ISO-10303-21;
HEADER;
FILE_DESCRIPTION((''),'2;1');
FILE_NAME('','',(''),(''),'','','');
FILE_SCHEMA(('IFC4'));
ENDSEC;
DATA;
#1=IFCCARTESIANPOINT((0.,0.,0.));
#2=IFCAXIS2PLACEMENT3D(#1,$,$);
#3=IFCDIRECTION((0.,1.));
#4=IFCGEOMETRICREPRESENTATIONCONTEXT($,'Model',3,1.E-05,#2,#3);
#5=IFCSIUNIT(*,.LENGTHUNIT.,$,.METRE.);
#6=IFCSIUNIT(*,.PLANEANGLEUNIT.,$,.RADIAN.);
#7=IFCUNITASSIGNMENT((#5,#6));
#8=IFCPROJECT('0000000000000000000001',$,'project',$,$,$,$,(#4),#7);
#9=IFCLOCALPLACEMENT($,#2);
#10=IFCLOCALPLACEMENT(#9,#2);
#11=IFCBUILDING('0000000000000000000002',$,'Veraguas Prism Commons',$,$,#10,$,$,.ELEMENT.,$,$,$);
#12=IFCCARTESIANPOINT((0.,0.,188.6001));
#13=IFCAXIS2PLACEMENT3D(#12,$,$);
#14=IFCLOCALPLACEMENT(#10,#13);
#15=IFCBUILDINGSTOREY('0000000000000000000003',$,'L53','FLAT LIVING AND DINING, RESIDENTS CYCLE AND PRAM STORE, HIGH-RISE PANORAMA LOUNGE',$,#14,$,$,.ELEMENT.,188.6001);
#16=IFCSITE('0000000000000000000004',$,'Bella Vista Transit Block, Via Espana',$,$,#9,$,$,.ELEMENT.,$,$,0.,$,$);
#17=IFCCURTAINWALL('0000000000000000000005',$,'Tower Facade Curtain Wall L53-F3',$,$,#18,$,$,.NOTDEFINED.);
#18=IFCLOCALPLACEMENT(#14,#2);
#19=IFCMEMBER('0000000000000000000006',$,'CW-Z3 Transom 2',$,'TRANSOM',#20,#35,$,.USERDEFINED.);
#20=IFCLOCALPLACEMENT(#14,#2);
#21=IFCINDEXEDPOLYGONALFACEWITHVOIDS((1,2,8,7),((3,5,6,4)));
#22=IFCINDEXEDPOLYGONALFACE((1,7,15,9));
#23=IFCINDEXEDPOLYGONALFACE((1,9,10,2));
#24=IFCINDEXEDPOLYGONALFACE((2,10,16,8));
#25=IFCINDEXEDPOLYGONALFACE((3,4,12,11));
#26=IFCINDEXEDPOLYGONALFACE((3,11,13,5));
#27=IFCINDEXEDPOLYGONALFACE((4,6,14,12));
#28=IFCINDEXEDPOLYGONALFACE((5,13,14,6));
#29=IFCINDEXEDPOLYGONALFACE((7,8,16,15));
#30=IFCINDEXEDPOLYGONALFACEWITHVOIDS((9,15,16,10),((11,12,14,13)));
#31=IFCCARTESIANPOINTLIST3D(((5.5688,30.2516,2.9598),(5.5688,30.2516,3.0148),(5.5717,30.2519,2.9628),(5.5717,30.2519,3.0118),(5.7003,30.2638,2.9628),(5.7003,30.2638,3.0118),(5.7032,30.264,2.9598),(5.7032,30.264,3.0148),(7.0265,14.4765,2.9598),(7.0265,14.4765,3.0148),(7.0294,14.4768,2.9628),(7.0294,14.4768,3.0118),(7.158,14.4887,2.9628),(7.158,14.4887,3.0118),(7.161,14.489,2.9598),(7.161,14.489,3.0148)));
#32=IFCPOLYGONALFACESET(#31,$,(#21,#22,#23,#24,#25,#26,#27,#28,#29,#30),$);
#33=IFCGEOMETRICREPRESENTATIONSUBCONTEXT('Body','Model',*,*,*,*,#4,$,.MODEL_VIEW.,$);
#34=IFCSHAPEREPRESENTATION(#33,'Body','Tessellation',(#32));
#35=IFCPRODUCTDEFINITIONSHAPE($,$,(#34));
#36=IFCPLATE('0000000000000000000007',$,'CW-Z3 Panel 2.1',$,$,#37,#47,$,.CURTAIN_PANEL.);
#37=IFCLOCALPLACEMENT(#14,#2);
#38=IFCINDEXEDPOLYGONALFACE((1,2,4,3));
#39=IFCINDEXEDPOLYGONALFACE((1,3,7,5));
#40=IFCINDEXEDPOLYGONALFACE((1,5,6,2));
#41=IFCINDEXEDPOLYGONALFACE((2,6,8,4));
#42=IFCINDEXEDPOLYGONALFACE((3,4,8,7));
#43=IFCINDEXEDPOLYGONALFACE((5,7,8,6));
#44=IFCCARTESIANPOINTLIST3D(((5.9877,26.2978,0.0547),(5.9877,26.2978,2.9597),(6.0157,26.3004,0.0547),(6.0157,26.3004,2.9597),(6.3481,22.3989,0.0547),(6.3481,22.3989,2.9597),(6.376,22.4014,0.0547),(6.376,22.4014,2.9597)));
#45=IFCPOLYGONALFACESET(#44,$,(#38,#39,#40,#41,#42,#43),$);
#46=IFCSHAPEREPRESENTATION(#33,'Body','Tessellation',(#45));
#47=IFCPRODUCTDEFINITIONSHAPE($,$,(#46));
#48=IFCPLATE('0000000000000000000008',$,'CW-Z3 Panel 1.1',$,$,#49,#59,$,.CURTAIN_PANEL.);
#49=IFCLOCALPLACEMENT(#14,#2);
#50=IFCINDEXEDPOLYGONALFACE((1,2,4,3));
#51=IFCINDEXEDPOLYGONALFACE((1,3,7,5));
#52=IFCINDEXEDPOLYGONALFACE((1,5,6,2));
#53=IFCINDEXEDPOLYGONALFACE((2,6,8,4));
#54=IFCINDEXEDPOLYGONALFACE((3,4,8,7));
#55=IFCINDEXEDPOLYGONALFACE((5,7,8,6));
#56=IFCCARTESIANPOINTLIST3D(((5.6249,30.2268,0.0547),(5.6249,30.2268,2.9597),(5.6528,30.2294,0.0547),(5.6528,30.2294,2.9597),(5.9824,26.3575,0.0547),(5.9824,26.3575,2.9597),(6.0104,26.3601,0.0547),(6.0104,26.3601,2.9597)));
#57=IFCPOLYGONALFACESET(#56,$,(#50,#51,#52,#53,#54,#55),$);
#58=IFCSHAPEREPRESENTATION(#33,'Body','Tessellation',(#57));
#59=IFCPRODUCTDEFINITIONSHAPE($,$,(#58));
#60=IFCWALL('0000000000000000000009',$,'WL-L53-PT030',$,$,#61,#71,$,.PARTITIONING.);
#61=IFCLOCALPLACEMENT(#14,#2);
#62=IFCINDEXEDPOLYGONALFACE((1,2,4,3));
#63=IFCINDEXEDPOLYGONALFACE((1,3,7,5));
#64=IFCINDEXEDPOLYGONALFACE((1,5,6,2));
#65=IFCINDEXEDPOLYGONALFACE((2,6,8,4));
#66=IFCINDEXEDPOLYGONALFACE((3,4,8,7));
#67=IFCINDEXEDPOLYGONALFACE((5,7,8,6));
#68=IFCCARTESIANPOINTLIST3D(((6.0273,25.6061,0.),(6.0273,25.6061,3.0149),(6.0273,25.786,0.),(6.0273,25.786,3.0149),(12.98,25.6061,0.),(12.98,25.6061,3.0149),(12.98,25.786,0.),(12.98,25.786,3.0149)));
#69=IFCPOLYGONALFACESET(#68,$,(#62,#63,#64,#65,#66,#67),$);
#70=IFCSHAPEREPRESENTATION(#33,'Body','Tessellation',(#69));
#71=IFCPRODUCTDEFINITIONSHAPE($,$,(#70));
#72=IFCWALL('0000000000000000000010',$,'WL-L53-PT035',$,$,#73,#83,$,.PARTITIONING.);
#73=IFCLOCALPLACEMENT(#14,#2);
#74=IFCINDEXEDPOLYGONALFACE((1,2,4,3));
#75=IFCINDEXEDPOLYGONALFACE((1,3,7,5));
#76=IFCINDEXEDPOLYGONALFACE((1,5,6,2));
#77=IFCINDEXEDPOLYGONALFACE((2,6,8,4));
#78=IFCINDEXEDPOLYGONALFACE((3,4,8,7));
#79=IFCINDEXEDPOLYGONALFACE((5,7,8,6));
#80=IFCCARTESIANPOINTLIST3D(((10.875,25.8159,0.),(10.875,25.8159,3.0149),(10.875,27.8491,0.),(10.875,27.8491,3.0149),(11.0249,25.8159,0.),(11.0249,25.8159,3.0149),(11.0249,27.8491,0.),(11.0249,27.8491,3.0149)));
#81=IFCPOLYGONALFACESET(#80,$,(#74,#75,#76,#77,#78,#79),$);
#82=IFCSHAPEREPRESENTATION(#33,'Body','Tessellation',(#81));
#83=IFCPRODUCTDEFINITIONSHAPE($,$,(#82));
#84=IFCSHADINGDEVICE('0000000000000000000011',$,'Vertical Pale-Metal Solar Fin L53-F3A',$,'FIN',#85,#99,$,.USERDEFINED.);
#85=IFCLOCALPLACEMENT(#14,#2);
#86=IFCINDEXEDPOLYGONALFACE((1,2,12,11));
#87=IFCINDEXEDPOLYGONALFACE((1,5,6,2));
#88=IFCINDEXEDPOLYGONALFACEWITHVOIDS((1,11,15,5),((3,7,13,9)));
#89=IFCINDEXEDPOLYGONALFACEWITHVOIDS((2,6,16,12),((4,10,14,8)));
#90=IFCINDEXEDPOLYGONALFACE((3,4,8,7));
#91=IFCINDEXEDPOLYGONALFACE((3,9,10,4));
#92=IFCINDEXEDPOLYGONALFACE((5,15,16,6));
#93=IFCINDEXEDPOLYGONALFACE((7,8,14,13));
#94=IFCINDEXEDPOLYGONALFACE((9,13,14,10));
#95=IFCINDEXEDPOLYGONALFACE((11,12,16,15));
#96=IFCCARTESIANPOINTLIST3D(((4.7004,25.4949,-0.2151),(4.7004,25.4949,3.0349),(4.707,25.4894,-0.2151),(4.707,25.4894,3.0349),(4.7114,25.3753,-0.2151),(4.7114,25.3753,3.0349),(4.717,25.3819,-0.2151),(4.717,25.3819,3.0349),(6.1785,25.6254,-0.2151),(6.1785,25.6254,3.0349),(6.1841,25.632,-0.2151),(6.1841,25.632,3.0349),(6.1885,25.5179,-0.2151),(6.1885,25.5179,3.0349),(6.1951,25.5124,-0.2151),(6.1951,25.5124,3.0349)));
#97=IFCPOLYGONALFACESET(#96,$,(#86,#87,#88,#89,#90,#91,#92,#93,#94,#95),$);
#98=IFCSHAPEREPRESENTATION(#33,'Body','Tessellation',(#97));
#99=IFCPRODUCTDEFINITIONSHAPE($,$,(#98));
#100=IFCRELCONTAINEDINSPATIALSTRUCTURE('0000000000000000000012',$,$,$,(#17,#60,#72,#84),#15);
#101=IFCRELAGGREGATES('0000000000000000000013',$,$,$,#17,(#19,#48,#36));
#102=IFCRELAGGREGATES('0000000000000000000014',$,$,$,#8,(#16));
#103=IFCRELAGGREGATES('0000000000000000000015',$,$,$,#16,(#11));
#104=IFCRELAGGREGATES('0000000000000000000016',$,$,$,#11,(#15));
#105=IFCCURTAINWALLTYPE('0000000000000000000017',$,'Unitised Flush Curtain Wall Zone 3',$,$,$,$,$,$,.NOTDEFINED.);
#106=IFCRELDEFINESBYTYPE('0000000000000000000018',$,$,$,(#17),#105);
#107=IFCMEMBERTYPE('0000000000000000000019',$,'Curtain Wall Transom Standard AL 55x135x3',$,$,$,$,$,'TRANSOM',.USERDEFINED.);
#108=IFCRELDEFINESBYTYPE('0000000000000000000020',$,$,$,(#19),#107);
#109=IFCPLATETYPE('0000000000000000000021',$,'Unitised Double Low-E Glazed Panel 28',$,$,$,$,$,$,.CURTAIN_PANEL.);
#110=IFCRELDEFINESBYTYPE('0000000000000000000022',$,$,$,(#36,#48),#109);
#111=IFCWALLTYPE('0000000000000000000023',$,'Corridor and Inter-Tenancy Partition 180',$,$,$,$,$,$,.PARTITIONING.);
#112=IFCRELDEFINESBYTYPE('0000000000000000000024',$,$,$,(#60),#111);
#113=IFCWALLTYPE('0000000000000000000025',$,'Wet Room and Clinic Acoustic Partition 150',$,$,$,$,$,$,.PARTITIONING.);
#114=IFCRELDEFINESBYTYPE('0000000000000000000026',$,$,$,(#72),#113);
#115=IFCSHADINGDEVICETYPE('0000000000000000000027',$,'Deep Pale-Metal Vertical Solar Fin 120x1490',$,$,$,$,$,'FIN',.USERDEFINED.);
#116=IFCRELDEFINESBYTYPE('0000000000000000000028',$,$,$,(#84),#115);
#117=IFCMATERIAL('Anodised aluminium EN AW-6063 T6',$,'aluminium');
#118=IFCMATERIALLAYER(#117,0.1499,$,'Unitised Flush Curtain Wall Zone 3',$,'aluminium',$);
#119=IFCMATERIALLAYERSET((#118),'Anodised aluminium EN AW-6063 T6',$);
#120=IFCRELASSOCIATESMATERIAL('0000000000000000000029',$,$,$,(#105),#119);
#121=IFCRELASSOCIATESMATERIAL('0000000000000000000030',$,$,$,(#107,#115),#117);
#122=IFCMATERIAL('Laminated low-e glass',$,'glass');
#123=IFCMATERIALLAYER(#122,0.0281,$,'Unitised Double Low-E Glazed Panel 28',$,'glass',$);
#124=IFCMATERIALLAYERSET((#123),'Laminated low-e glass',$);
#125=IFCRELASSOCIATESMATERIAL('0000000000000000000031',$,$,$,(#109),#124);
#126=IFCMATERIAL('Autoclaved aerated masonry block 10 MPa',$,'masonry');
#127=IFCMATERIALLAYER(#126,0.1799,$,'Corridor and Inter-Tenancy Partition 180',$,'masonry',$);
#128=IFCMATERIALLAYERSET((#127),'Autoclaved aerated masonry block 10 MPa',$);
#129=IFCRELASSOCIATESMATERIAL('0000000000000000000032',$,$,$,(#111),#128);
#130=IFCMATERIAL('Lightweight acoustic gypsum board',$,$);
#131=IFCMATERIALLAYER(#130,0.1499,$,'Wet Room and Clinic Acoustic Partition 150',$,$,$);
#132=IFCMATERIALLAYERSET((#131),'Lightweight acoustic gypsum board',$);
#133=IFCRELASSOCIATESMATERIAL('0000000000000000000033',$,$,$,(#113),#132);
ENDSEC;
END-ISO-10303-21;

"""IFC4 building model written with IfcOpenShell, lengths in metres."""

from ifc_helpers import new_model, si_unit, direction, frame, frame_2d, origin, origin_2d, place, context, subcontext, project, spatial, rectangle, hollow_rectangle, extrude, source, transform, mapped, material, layer, layer_set, material_profile, profile_set, type_object, element, aggregate, save


model = new_model("IFC4")

# Units and contexts
model_context = context("Model", 3, precision=1e-05, world=origin(), true_north=direction((0.0, 1.0)))
body_context = subcontext(model_context, "Body", "Model", "MODEL_VIEW")
ifc_project = project(units=[si_unit("LENGTHUNIT", "METRE"), si_unit("PLANEANGLEUNIT", "RADIAN")], contexts=[model_context])

# Site, building, storey
site_placement = place(None, origin())
site = spatial("IfcSite", under=ifc_project, at=site_placement, Name="Bella Vista Transit Block, Via Espana", CompositionType="ELEMENT", RefElevation=0.0)
building_placement = place(site_placement, origin())
building = spatial("IfcBuilding", under=site, at=building_placement, Name="Veraguas Prism Commons", CompositionType="ELEMENT")
storey_placement = place(building_placement, frame((0.0, 0.0, 188.6001)))
storey = spatial("IfcBuildingStorey", under=building, at=storey_placement, Name="L53", Description="FLAT LIVING AND DINING, RESIDENTS CYCLE AND PRAM STORE, HIGH-RISE PANORAMA LOUNGE", CompositionType="ELEMENT", Elevation=188.6001)

# Curtain wall
ifc_material_1 = material(Name="Anodised aluminium EN AW-6063 T6", Category="aluminium")
ifc_layer_1 = layer(ifc_material_1, 0.1499, Name="Unitised Flush Curtain Wall Zone 3", Category="aluminium")
ifc_layer_set_1 = layer_set([ifc_layer_1], Name="Anodised aluminium EN AW-6063 T6")
curtain_wall_type = type_object("IfcCurtainWallType", Name="Unitised Flush Curtain Wall Zone 3", PredefinedType="NOTDEFINED", material=ifc_layer_set_1)
curtain_wall_1_placement = place(storey_placement, origin())
curtain_wall_1 = element("IfcCurtainWall", 1, at=curtain_wall_1_placement, inside=storey, type_object=curtain_wall_type, Name="Tower Facade Curtain Wall L53-F3", PredefinedType="NOTDEFINED")

# Member
ifc_material_profile_1 = material_profile(ifc_material_1, hollow_rectangle(XDim=0.0549, YDim=0.135, WallThickness=0.0029, at=origin_2d()), Name="AL55X135X3")
ifc_profile_set_1 = profile_set([ifc_material_profile_1], Name="Anodised aluminium EN AW-6063 T6")
member_type_1 = type_object("IfcMemberType", Name="Curtain Wall Transom Standard AL 55x135x3", ElementType="TRANSOM", PredefinedType="USERDEFINED", material=ifc_profile_set_1)
shared_shape_1 = source(origin(), body_context, "Body", "SweptSolid", [
    extrude(hollow_rectangle(XDim=0.0549, YDim=0.135, WallThickness=0.0029, at=origin_2d()), origin(), (0.0, 0.0, 1.0), 15.8423),
])
member_1_placement = place(storey_placement, frame((5.636, 30.2578, 2.9873), z_axis=(0.092017, -0.995757, 0.0), x_axis=(0.0, 0.0, 1.0)))
member_1 = element("IfcMember", 2, at=member_1_placement, type_object=member_type_1, Name="CW-Z3 Transom 2", ObjectType="TRANSOM", PredefinedType="USERDEFINED", context=body_context, shape_type="MappedRepresentation", body=[
    mapped(shared_shape_1, transform((0.0, 0.0, 0.0), scale=1.0)),
])

# Plates
ifc_material_2 = material(Name="Laminated low-e glass", Category="glass")
ifc_layer_2 = layer(ifc_material_2, 0.0281, Name="Unitised Double Low-E Glazed Panel 28", Category="glass")
ifc_layer_set_2 = layer_set([ifc_layer_2], Name="Laminated low-e glass")
plate_type = type_object("IfcPlateType", Name="Unitised Double Low-E Glazed Panel 28", PredefinedType="CURTAIN_PANEL", material=ifc_layer_set_2)
shared_shape_2 = source(origin(), body_context, "Body", "SweptSolid", [
    extrude(rectangle(XDim=3.9155, YDim=0.0281, at=origin_2d()), origin(), (0.0, 0.0, 1.0), 2.905),
])
plate_1_placement = place(storey_placement, frame((6.1819, 24.3496, 0.0547), z_axis=(0.0, 0.0, 1.0), x_axis=(0.092023, -0.995757, 0.0)))
plate_1 = element("IfcPlate", 3, at=plate_1_placement, type_object=plate_type, Name="CW-Z3 Panel 2.1", PredefinedType="CURTAIN_PANEL", context=body_context, shape_type="MappedRepresentation", body=[
    mapped(shared_shape_2, transform((0.0, 0.0, 0.0), scale=1.0)),
])
shared_shape_3 = source(origin(), body_context, "Body", "SweptSolid", [
    extrude(rectangle(XDim=3.8857, YDim=0.0281, at=origin_2d()), origin(), (0.0, 0.0, 1.0), 2.905),
])
plate_2_placement = place(storey_placement, frame((5.8176, 28.2935, 0.0547), z_axis=(0.0, 0.0, 1.0), x_axis=(0.092023, -0.995757, 0.0)))
plate_2 = element("IfcPlate", 4, at=plate_2_placement, type_object=plate_type, Name="CW-Z3 Panel 1.1", PredefinedType="CURTAIN_PANEL", context=body_context, shape_type="MappedRepresentation", body=[
    mapped(shared_shape_3, transform((0.0, 0.0, 0.0), scale=1.0)),
])
aggregate(curtain_wall_1, [member_1, plate_2, plate_1])

# Walls
ifc_material_3 = material(Name="Autoclaved aerated masonry block 10 MPa", Category="masonry")
ifc_layer_3 = layer(ifc_material_3, 0.1799, Name="Corridor and Inter-Tenancy Partition 180", Category="masonry")
ifc_layer_set_3 = layer_set([ifc_layer_3], Name="Autoclaved aerated masonry block 10 MPa")
wall_type_1 = type_object("IfcWallType", Name="Corridor and Inter-Tenancy Partition 180", PredefinedType="PARTITIONING", material=ifc_layer_set_3)
wall_1_placement = place(storey_placement, frame((12.98, 25.696, 0.0), z_axis=(0.0, 0.0, 1.0), x_axis=(-1.0, 0.0, 0.0)))
element("IfcWall", 5, at=wall_1_placement, inside=storey, type_object=wall_type_1, Name="WL-L53-PT030", PredefinedType="PARTITIONING", context=body_context, shape_type="SweptSolid", body=[
    extrude(rectangle(XDim=6.9526, YDim=0.1799, at=frame_2d((3.4763, 0.0))), origin(), (0.0, 0.0, 1.0), 3.0149),
])
ifc_material_4 = material(Name="Lightweight acoustic gypsum board")
ifc_layer_4 = layer(ifc_material_4, 0.1499, Name="Wet Room and Clinic Acoustic Partition 150")
ifc_layer_set_4 = layer_set([ifc_layer_4], Name="Lightweight acoustic gypsum board")
wall_type_2 = type_object("IfcWallType", Name="Wet Room and Clinic Acoustic Partition 150", PredefinedType="PARTITIONING", material=ifc_layer_set_4)
wall_2_placement = place(storey_placement, frame((10.95, 25.8159, 0.0), z_axis=(0.0, 0.0, 1.0), x_axis=(0.0, 1.0, 0.0)))
element("IfcWall", 6, at=wall_2_placement, inside=storey, type_object=wall_type_2, Name="WL-L53-PT035", PredefinedType="PARTITIONING", context=body_context, shape_type="SweptSolid", body=[
    extrude(rectangle(XDim=2.0332, YDim=0.1499, at=frame_2d((1.0166, 0.0))), origin(), (0.0, 0.0, 1.0), 3.0149),
])

# Shading device
ifc_material_profile_2 = material_profile(ifc_material_1, hollow_rectangle(XDim=0.1201, YDim=1.49, WallThickness=0.0061, at=origin_2d()), Name="FIN120X1490X6")
ifc_profile_set_2 = profile_set([ifc_material_profile_2], Name="Anodised aluminium EN AW-6063 T6")
shading_device_type = type_object("IfcShadingDeviceType", Name="Deep Pale-Metal Vertical Solar Fin 120x1490", ElementType="FIN", PredefinedType="USERDEFINED", material=ifc_profile_set_2)
shading_device_placement = place(storey_placement, frame((5.4478, 25.5037, -0.2151), z_axis=(0.0, 0.0, 1.0), x_axis=(0.092021, -0.995757, 0.0)))
element("IfcShadingDevice", 7, at=shading_device_placement, inside=storey, type_object=shading_device_type, Name="Vertical Pale-Metal Solar Fin L53-F3A", ObjectType="FIN", PredefinedType="USERDEFINED", context=body_context, shape_type="SweptSolid", body=[
    extrude(hollow_rectangle(XDim=0.1201, YDim=1.49, WallThickness=0.0061, at=origin_2d()), origin(), (0.0, 0.0, 1.0), 3.25),
])

save(model, "model.ifc")
